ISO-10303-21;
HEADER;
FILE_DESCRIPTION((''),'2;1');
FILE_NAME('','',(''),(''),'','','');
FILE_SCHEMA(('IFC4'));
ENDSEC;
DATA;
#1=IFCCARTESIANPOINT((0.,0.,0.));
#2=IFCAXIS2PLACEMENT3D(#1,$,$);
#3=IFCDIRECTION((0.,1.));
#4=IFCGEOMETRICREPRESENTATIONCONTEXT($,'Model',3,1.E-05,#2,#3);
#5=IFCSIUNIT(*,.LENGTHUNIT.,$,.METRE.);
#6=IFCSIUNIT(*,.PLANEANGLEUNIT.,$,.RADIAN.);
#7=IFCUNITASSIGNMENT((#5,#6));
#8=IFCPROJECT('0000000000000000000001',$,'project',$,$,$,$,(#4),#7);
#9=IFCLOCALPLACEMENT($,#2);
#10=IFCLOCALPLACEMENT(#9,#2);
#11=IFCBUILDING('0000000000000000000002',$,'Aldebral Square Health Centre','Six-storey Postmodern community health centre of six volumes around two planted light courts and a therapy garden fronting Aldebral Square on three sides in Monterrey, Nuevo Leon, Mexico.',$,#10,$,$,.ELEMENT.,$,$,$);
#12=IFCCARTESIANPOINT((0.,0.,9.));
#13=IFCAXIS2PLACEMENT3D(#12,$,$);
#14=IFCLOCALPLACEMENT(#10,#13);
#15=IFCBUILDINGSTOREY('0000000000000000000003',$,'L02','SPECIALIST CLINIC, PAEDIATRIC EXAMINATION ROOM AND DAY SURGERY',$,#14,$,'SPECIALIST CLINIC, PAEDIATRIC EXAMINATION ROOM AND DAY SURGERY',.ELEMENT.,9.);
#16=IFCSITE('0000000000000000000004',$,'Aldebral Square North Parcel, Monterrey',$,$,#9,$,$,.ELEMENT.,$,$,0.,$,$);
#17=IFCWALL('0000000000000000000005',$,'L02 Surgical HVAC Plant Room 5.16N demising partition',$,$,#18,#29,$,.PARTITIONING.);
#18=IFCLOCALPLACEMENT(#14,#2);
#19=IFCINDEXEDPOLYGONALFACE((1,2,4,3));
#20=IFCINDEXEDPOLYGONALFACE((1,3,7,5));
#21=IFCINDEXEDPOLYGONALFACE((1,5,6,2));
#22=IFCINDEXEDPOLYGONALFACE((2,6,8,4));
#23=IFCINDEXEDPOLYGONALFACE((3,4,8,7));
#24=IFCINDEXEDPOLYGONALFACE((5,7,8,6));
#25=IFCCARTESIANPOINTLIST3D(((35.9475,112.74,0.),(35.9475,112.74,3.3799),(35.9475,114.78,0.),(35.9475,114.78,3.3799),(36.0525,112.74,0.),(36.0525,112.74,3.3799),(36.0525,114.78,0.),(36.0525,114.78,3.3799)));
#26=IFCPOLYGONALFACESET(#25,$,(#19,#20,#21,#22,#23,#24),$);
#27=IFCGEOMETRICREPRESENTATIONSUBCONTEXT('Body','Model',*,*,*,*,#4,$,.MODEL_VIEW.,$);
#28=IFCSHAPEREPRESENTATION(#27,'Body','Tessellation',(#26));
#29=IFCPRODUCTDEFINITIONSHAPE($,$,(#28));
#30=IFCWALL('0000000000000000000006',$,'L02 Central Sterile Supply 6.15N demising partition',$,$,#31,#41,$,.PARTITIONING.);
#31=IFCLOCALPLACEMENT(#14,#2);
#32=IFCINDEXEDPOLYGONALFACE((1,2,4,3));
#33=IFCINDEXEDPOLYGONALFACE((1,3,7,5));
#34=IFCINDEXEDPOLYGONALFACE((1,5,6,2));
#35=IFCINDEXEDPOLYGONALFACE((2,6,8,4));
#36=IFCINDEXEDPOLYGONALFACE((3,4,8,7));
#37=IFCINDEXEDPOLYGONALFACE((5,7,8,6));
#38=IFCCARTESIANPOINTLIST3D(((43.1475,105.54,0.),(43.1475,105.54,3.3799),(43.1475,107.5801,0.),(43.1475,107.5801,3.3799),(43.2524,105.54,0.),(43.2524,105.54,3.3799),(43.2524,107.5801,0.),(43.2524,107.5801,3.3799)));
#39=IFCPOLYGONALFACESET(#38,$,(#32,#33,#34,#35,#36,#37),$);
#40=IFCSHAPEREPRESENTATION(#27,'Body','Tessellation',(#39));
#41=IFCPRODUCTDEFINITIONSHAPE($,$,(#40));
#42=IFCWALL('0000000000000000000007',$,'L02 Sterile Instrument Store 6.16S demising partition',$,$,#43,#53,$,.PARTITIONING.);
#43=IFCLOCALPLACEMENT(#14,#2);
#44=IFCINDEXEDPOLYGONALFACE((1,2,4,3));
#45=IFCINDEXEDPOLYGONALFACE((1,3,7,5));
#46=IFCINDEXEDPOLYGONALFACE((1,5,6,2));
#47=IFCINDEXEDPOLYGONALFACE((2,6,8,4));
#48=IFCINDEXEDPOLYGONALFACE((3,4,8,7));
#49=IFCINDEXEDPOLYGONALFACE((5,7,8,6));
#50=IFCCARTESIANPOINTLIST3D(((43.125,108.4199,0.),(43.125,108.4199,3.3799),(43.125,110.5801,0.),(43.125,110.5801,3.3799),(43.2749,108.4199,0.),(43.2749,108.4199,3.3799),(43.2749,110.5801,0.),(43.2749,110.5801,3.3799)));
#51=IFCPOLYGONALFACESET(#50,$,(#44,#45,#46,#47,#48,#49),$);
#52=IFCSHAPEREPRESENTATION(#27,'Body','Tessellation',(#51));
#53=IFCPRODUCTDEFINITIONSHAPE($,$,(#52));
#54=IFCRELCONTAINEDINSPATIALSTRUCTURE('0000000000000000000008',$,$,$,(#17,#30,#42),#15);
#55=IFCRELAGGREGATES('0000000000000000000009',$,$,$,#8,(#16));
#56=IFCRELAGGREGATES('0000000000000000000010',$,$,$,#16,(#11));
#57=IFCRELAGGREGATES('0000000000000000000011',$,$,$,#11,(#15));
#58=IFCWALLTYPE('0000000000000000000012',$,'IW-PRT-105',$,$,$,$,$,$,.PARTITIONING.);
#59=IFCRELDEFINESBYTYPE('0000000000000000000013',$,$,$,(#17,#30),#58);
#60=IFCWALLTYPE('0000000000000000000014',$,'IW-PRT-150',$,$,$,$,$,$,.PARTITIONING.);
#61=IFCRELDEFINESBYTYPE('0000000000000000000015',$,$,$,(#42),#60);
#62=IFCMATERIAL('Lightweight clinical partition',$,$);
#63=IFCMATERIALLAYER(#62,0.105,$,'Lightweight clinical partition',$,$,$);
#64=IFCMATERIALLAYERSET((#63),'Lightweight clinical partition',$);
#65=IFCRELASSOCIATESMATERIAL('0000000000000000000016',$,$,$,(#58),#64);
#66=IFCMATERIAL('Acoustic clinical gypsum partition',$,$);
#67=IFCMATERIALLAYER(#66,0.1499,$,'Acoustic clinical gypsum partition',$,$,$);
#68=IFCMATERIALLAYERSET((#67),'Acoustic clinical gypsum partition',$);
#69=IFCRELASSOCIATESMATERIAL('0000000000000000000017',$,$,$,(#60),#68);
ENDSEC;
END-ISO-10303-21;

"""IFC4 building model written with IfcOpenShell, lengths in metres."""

from ifc_helpers import new_model, si_unit, direction, frame, frame_2d, origin, place, context, subcontext, project, spatial, rectangle, extrude, material, layer, layer_set, type_object, element, save


model = new_model("IFC4")

# Units and contexts
model_context = context("Model", 3, precision=1e-05, world=origin(), true_north=direction((0.0, 1.0)))
body_context = subcontext(model_context, "Body", "Model", "MODEL_VIEW")
ifc_project = project(units=[si_unit("LENGTHUNIT", "METRE"), si_unit("PLANEANGLEUNIT", "RADIAN")], contexts=[model_context])

# Site, building, storey
site_placement = place(None, origin())
site = spatial("IfcSite", under=ifc_project, at=site_placement, Name="Aldebral Square North Parcel, Monterrey", CompositionType="ELEMENT", RefElevation=0.0)
building_placement = place(site_placement, origin())
building = spatial("IfcBuilding", under=site, at=building_placement, Name="Aldebral Square Health Centre", Description="Six-storey Postmodern community health centre of six volumes around two planted light courts and a therapy garden fronting Aldebral Square on three sides in Monterrey, Nuevo Leon, Mexico.", CompositionType="ELEMENT")
storey_placement = place(building_placement, frame((0.0, 0.0, 9.0)))
storey = spatial("IfcBuildingStorey", under=building, at=storey_placement, Name="L02", Description="SPECIALIST CLINIC, PAEDIATRIC EXAMINATION ROOM AND DAY SURGERY", LongName="SPECIALIST CLINIC, PAEDIATRIC EXAMINATION ROOM AND DAY SURGERY", CompositionType="ELEMENT", Elevation=9.0)

# Walls
ifc_material_1 = material(Name="Lightweight clinical partition")
ifc_layer_1 = layer(ifc_material_1, 0.105, Name="Lightweight clinical partition")
ifc_layer_set_1 = layer_set([ifc_layer_1], Name="Lightweight clinical partition")
wall_type_1 = type_object("IfcWallType", Name="IW-PRT-105", PredefinedType="PARTITIONING", material=ifc_layer_set_1)
for number, where, z_axis, x_axis, name in (
    (1, (36.0, 112.74, 0.0), (0.0, 0.0, 1.0), (0.0, 1.0, 0.0), "L02 Surgical HVAC Plant Room 5.16N demising partition"),
    (2, (43.2, 105.54, 0.0), (0.0, 0.0, 1.0), (0.0, 1.0, 0.0), "L02 Central Sterile Supply 6.15N demising partition"),
):
    element("IfcWall", number, at=place(storey_placement, frame(where, z_axis=z_axis, x_axis=x_axis)), inside=storey, type_object=wall_type_1, Name=name, PredefinedType="PARTITIONING", context=body_context, shape_type="SweptSolid", body=[
        extrude(rectangle(XDim=2.04, YDim=0.105, at=frame_2d((1.02, 0.0))), origin(), (0.0, 0.0, 1.0), 3.3799),
    ])
ifc_material_2 = material(Name="Acoustic clinical gypsum partition")
ifc_layer_2 = layer(ifc_material_2, 0.1499, Name="Acoustic clinical gypsum partition")
ifc_layer_set_2 = layer_set([ifc_layer_2], Name="Acoustic clinical gypsum partition")
wall_type_2 = type_object("IfcWallType", Name="IW-PRT-150", PredefinedType="PARTITIONING", material=ifc_layer_set_2)
wall_1_placement = place(storey_placement, frame((43.2, 108.4199, 0.0), z_axis=(0.0, 0.0, 1.0), x_axis=(0.0, 1.0, 0.0)))
element("IfcWall", 3, at=wall_1_placement, inside=storey, type_object=wall_type_2, Name="L02 Sterile Instrument Store 6.16S demising partition", PredefinedType="PARTITIONING", context=body_context, shape_type="SweptSolid", body=[
    extrude(rectangle(XDim=2.1602, YDim=0.1499, at=frame_2d((1.0801, 0.0))), origin(), (0.0, 0.0, 1.0), 3.3799),
])

save(model, "model.ifc")
